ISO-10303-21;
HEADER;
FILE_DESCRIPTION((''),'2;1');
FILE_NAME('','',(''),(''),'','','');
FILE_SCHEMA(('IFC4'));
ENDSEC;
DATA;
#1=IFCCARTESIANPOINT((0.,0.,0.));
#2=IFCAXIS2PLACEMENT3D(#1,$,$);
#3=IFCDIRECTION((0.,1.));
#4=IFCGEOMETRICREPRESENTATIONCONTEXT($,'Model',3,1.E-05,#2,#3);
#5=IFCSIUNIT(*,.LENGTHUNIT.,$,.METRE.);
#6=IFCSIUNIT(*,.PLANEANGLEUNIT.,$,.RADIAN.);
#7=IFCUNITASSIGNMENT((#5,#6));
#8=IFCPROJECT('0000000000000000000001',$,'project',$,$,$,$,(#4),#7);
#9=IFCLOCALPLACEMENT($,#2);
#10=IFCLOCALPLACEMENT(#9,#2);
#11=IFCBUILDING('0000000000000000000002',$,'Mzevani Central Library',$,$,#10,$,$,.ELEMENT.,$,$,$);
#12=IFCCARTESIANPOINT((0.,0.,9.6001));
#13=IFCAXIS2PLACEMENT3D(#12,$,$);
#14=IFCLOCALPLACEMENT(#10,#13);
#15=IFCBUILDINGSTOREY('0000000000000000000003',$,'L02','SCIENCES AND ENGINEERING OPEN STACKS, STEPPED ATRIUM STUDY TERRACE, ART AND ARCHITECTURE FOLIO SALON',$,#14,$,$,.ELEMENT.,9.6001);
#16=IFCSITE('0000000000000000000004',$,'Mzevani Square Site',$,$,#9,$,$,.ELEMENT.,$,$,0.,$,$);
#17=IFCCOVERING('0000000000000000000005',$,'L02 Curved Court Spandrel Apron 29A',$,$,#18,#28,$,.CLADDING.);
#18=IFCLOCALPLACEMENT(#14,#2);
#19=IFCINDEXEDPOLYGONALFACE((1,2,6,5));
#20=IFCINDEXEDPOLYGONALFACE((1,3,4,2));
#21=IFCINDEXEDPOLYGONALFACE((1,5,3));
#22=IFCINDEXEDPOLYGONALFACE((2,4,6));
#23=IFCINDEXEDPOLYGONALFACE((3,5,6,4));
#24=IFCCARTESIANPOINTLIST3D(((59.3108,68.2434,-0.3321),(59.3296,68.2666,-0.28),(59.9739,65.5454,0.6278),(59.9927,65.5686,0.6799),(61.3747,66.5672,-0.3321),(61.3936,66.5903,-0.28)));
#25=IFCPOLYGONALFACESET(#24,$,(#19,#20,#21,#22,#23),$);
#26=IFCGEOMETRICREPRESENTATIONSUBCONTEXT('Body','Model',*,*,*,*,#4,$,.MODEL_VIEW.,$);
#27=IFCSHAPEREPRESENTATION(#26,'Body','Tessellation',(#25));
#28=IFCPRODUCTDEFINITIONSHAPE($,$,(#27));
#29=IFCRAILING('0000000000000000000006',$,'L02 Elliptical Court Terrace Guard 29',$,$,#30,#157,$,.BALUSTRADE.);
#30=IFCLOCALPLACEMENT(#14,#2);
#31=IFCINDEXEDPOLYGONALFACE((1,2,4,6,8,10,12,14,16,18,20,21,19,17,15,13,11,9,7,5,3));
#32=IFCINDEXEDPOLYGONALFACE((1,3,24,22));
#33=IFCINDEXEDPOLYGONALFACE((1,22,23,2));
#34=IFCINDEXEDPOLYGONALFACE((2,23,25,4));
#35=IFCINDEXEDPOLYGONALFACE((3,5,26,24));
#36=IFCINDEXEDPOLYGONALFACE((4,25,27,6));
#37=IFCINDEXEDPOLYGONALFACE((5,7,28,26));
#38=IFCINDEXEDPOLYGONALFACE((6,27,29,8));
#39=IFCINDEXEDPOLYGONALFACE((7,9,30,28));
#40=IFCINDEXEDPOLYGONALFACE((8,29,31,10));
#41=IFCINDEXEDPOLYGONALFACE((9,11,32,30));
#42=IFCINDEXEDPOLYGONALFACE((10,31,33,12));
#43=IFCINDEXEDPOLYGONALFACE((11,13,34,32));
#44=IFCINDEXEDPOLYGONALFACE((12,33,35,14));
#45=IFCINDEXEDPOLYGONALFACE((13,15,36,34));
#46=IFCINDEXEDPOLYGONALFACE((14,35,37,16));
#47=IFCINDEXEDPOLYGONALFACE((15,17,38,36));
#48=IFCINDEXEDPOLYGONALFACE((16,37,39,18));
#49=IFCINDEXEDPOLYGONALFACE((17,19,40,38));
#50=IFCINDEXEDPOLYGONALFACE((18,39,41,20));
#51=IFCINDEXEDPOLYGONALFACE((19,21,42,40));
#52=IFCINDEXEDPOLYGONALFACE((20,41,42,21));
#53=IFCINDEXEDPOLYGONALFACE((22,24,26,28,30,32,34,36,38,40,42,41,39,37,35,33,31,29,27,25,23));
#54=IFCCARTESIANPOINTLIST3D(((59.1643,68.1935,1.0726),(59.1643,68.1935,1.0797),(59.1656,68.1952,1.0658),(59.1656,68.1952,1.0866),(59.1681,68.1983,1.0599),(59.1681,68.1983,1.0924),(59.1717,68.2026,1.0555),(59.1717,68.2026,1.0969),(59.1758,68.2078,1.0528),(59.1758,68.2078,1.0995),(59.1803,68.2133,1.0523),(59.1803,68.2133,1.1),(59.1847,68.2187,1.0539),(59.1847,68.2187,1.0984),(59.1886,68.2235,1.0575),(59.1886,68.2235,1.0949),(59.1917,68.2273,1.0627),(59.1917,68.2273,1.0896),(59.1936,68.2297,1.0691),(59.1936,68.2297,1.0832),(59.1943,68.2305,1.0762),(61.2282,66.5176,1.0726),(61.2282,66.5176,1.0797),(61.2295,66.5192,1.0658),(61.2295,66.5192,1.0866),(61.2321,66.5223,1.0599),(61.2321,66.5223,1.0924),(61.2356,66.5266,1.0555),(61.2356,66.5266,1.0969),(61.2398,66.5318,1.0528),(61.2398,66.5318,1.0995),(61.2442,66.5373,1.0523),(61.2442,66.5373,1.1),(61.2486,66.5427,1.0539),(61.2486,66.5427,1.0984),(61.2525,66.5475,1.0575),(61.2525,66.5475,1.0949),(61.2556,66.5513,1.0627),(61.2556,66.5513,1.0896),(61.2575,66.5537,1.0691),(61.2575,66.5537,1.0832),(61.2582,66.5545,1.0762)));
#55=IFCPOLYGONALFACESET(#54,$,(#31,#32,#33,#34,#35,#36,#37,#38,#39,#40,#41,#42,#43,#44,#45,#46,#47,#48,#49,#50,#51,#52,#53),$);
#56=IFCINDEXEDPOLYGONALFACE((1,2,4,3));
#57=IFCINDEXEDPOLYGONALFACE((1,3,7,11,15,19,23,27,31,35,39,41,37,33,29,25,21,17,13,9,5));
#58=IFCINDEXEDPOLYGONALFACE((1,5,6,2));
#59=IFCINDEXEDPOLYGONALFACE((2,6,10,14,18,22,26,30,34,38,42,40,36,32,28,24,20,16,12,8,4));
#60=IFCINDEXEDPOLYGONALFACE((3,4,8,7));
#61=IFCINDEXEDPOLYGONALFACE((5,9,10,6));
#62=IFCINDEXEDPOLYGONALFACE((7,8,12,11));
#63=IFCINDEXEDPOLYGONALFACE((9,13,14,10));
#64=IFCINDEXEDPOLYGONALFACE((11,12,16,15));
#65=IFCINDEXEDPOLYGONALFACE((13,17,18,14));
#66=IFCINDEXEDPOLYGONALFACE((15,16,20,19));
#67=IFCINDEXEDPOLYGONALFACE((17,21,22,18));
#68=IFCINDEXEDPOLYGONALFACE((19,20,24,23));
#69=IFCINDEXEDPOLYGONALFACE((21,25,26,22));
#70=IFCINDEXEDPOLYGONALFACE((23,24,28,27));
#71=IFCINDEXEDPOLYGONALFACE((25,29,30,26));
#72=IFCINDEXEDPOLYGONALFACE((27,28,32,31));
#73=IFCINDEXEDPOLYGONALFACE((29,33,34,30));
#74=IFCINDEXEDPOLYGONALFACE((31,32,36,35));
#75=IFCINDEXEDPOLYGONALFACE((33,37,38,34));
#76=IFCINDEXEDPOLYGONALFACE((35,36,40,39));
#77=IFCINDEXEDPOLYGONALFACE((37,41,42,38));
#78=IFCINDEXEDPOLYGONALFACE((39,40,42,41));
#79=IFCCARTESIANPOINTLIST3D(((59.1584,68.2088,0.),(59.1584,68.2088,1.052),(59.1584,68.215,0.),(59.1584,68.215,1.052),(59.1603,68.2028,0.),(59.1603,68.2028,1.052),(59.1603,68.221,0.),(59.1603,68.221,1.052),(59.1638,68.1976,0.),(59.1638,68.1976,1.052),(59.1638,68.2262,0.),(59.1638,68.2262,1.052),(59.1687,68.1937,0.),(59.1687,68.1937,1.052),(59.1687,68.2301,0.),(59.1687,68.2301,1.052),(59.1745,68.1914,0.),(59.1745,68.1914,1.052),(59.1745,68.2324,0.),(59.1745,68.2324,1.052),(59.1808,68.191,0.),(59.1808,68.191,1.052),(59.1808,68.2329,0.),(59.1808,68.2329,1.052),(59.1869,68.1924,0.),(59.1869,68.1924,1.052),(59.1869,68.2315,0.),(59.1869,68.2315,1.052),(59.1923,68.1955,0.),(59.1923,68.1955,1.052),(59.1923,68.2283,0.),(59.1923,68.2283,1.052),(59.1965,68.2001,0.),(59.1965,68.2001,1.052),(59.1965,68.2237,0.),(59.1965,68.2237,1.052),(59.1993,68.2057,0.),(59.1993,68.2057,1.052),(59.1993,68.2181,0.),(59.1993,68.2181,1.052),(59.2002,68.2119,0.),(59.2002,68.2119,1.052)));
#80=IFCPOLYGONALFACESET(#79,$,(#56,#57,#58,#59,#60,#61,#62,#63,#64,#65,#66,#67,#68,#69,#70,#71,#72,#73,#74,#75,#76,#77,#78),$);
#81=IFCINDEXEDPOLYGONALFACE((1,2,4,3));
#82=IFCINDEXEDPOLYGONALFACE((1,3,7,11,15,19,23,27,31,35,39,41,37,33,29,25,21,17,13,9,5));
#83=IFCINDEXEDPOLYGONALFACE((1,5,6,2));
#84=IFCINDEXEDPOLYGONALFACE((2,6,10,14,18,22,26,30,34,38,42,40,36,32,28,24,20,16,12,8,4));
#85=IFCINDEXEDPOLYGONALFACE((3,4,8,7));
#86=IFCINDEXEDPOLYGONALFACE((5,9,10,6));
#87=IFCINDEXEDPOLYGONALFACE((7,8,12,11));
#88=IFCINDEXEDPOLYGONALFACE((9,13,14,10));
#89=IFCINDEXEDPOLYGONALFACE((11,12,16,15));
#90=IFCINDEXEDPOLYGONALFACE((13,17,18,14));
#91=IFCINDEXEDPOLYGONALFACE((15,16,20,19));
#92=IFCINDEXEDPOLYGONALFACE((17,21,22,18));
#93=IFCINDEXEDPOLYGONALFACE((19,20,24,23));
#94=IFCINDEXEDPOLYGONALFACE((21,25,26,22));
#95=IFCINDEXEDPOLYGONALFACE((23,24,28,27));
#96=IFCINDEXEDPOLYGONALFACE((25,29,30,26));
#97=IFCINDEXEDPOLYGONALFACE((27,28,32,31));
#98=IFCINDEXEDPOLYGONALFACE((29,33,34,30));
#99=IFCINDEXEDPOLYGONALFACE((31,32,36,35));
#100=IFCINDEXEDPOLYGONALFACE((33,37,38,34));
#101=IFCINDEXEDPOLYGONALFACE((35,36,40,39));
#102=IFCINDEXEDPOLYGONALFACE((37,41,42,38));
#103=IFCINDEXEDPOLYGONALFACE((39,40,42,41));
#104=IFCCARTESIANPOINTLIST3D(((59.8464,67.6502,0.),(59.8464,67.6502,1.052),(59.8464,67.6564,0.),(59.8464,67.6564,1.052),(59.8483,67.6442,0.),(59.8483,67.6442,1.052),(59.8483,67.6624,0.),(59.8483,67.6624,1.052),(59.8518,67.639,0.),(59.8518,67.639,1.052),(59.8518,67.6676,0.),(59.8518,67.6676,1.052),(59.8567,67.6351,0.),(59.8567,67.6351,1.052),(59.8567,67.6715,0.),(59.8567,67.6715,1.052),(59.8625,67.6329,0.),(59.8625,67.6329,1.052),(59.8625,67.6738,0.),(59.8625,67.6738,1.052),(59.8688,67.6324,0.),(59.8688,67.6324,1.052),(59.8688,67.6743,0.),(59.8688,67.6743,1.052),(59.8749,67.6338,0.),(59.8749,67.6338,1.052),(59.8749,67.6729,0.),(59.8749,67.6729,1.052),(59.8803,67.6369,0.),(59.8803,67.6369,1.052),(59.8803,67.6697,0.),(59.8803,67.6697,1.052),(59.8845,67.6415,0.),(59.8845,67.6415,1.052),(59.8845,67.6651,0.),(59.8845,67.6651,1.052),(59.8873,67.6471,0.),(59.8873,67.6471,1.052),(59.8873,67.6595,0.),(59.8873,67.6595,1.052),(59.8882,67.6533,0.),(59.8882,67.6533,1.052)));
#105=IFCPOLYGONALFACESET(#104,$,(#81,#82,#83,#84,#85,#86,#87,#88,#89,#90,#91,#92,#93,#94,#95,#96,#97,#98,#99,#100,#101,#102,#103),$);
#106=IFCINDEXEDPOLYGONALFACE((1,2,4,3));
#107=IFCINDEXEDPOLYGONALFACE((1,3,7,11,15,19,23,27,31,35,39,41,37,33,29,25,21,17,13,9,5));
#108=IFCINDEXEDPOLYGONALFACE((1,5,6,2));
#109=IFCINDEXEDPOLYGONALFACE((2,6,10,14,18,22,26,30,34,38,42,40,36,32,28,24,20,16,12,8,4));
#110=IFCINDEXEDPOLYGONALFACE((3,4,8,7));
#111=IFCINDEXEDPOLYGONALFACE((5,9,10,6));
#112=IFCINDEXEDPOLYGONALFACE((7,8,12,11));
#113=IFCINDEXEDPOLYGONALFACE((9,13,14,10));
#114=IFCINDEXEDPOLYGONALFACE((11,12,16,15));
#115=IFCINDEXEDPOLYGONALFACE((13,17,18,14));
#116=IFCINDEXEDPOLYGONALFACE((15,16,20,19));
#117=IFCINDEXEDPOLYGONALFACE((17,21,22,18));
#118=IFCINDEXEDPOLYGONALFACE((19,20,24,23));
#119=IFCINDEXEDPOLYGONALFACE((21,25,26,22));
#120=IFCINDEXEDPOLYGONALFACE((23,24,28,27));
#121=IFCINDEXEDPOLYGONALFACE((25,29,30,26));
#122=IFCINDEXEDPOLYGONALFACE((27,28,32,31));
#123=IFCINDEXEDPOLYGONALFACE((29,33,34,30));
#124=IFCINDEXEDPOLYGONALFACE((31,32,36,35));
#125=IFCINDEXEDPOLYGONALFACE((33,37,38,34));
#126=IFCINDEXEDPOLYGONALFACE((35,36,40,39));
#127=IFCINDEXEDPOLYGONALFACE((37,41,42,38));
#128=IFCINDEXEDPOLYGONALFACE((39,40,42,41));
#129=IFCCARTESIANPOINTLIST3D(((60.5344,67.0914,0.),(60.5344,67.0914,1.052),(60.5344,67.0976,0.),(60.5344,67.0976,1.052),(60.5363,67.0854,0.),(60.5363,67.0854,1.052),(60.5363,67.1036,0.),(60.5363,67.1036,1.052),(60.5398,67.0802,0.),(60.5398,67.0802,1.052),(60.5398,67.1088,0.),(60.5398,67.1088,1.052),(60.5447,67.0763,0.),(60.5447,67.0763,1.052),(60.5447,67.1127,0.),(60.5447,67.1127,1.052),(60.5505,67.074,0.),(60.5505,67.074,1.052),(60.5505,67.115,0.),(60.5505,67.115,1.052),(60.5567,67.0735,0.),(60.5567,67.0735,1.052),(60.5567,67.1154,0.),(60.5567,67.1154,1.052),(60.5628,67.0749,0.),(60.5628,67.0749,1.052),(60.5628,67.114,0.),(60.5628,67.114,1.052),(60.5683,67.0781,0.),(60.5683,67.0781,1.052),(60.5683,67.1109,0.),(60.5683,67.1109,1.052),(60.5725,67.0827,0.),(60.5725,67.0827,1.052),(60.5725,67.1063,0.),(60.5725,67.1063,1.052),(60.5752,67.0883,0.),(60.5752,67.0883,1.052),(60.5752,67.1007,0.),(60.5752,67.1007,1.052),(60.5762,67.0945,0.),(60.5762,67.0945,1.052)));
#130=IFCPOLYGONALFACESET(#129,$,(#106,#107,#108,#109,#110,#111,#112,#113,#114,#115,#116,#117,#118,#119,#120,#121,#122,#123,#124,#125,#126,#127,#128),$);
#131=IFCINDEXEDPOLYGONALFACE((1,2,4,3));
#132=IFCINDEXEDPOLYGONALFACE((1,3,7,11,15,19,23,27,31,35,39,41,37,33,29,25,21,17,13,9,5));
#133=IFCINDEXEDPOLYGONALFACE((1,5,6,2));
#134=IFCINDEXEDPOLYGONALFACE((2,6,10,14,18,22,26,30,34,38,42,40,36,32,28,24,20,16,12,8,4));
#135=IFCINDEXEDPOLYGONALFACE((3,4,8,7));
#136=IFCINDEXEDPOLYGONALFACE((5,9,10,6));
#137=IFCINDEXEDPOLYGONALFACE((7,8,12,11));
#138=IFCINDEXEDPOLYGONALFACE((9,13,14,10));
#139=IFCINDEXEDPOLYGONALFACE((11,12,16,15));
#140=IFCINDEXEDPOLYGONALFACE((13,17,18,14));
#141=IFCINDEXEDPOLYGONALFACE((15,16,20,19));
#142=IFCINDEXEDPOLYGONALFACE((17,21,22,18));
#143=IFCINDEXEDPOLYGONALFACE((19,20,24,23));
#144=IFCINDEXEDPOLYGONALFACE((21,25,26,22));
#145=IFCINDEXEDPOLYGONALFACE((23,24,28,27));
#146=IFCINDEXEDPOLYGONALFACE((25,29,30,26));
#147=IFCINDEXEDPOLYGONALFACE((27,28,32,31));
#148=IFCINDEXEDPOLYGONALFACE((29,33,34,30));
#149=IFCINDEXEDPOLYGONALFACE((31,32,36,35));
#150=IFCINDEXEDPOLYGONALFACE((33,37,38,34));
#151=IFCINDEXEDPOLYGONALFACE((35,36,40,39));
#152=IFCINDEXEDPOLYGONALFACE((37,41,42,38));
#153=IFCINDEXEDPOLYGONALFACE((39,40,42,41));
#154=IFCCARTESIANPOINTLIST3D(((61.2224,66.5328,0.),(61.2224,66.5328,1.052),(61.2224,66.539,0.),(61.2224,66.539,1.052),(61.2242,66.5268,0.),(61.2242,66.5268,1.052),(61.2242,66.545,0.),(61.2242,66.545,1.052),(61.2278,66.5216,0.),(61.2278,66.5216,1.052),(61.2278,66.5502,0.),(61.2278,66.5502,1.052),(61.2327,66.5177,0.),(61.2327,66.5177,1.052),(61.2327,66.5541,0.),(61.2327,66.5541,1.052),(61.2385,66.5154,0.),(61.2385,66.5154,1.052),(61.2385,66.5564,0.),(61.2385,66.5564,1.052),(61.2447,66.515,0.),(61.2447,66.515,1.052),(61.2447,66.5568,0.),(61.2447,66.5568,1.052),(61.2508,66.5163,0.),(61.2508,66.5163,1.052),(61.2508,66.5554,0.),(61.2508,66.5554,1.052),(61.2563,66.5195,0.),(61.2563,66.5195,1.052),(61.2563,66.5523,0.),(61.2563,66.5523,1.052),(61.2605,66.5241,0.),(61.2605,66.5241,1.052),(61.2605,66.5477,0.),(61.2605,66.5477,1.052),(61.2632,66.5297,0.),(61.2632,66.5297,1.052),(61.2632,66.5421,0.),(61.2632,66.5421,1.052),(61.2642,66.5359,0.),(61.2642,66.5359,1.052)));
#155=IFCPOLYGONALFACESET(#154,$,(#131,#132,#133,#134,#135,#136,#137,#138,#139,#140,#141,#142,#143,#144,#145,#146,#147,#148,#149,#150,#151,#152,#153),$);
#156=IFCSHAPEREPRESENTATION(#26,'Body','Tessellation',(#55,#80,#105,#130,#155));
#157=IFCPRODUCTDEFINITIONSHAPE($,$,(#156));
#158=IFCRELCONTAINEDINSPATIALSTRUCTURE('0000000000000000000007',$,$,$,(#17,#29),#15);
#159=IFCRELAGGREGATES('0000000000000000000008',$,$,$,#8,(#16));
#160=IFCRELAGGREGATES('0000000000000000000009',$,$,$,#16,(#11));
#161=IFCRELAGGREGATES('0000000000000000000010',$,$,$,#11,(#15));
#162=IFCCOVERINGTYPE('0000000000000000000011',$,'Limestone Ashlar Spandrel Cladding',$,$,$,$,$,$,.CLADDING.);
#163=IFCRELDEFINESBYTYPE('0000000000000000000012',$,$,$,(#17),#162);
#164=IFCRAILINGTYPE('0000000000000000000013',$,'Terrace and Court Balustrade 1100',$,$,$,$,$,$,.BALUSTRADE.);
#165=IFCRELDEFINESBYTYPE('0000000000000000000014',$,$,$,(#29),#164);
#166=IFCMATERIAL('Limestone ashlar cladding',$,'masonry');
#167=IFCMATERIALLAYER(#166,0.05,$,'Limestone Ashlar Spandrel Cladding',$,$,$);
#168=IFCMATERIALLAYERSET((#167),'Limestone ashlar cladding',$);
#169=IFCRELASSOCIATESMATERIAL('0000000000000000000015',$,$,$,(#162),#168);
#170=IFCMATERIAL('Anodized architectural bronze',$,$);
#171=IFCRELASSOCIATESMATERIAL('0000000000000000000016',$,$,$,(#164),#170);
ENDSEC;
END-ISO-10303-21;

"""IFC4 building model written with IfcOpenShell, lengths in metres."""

from ifc_helpers import new_model, si_unit, direction, frame, origin, origin_2d, place, context, subcontext, project, spatial, polyline, circle, outline, extrude, material, layer, layer_set, type_object, element, save


model = new_model("IFC4")

# Units and contexts
model_context = context("Model", 3, precision=1e-05, world=origin(), true_north=direction((0.0, 1.0)))
body_context = subcontext(model_context, "Body", "Model", "MODEL_VIEW")
ifc_project = project(units=[si_unit("LENGTHUNIT", "METRE"), si_unit("PLANEANGLEUNIT", "RADIAN")], contexts=[model_context])

# Site, building, storey
site_placement = place(None, origin())
site = spatial("IfcSite", under=ifc_project, at=site_placement, Name="Mzevani Square Site", CompositionType="ELEMENT", RefElevation=0.0)
building_placement = place(site_placement, origin())
building = spatial("IfcBuilding", under=site, at=building_placement, Name="Mzevani Central Library", CompositionType="ELEMENT")
storey_placement = place(building_placement, frame((0.0, 0.0, 9.6001)))
storey = spatial("IfcBuildingStorey", under=building, at=storey_placement, Name="L02", Description="SCIENCES AND ENGINEERING OPEN STACKS, STEPPED ATRIUM STUDY TERRACE, ART AND ARCHITECTURE FOLIO SALON", CompositionType="ELEMENT", Elevation=9.6001)

# Covering
ifc_material_1 = material(Name="Limestone ashlar cladding", Category="masonry")
ifc_layer_1 = layer(ifc_material_1, 0.05, Name="Limestone Ashlar Spandrel Cladding")
ifc_layer_set_1 = layer_set([ifc_layer_1], Name="Limestone ashlar cladding")
covering_type = type_object("IfcCoveringType", Name="Limestone Ashlar Spandrel Cladding", PredefinedType="CLADDING", material=ifc_layer_set_1)
covering_placement = place(storey_placement, frame((59.3296, 68.2666, -0.28), z_axis=(0.313297, 0.385758, 0.867776), x_axis=(0.776243, -0.630434, 0.0)))
element("IfcCovering", 1, at=covering_placement, inside=storey, type_object=covering_type, Name="L02 Curved Court Spandrel Apron 29A", PredefinedType="CLADDING", context=body_context, shape_type="SweptSolid", body=[
    extrude(outline(polyline([(0.0, 0.0), (2.6589, 0.0), (2.2156, -1.9317), (0.0, 0.0)])), origin(), (0.0, 0.0, -1.0), 0.0601),
])

# Railing
ifc_material_2 = material(Name="Anodized architectural bronze")
railing_type = type_object("IfcRailingType", Name="Terrace and Court Balustrade 1100", PredefinedType="BALUSTRADE", material=ifc_material_2)
railing_placement = place(storey_placement, frame((59.1792, 68.2119, 0.0)))
element("IfcRailing", 2, at=railing_placement, inside=storey, type_object=railing_type, Name="L02 Elliptical Court Terrace Guard 29", PredefinedType="BALUSTRADE", context=body_context, shape_type="SweptSolid", body=[
    extrude(circle(Radius=0.0239, at=origin_2d()), frame((0.0, 0.0, 1.0762), z_axis=(0.776288, -0.630378, 0.0), x_axis=(0.630378, 0.776288, 0.0)), (0.0, 0.0, 1.0), 2.6587),
    extrude(circle(Radius=0.021, at=origin_2d()), origin(), (0.0, 0.0, 1.0), 1.052),
    extrude(circle(Radius=0.021, at=origin_2d()), frame((0.688, -0.5586, 0.0)), (0.0, 0.0, 1.0), 1.052),
    extrude(circle(Radius=0.021, at=origin_2d()), frame((1.376, -1.1174, 0.0)), (0.0, 0.0, 1.0), 1.052),
    extrude(circle(Radius=0.021, at=origin_2d()), frame((2.064, -1.676, 0.0)), (0.0, 0.0, 1.0), 1.052),
])

save(model, "model.ifc")
